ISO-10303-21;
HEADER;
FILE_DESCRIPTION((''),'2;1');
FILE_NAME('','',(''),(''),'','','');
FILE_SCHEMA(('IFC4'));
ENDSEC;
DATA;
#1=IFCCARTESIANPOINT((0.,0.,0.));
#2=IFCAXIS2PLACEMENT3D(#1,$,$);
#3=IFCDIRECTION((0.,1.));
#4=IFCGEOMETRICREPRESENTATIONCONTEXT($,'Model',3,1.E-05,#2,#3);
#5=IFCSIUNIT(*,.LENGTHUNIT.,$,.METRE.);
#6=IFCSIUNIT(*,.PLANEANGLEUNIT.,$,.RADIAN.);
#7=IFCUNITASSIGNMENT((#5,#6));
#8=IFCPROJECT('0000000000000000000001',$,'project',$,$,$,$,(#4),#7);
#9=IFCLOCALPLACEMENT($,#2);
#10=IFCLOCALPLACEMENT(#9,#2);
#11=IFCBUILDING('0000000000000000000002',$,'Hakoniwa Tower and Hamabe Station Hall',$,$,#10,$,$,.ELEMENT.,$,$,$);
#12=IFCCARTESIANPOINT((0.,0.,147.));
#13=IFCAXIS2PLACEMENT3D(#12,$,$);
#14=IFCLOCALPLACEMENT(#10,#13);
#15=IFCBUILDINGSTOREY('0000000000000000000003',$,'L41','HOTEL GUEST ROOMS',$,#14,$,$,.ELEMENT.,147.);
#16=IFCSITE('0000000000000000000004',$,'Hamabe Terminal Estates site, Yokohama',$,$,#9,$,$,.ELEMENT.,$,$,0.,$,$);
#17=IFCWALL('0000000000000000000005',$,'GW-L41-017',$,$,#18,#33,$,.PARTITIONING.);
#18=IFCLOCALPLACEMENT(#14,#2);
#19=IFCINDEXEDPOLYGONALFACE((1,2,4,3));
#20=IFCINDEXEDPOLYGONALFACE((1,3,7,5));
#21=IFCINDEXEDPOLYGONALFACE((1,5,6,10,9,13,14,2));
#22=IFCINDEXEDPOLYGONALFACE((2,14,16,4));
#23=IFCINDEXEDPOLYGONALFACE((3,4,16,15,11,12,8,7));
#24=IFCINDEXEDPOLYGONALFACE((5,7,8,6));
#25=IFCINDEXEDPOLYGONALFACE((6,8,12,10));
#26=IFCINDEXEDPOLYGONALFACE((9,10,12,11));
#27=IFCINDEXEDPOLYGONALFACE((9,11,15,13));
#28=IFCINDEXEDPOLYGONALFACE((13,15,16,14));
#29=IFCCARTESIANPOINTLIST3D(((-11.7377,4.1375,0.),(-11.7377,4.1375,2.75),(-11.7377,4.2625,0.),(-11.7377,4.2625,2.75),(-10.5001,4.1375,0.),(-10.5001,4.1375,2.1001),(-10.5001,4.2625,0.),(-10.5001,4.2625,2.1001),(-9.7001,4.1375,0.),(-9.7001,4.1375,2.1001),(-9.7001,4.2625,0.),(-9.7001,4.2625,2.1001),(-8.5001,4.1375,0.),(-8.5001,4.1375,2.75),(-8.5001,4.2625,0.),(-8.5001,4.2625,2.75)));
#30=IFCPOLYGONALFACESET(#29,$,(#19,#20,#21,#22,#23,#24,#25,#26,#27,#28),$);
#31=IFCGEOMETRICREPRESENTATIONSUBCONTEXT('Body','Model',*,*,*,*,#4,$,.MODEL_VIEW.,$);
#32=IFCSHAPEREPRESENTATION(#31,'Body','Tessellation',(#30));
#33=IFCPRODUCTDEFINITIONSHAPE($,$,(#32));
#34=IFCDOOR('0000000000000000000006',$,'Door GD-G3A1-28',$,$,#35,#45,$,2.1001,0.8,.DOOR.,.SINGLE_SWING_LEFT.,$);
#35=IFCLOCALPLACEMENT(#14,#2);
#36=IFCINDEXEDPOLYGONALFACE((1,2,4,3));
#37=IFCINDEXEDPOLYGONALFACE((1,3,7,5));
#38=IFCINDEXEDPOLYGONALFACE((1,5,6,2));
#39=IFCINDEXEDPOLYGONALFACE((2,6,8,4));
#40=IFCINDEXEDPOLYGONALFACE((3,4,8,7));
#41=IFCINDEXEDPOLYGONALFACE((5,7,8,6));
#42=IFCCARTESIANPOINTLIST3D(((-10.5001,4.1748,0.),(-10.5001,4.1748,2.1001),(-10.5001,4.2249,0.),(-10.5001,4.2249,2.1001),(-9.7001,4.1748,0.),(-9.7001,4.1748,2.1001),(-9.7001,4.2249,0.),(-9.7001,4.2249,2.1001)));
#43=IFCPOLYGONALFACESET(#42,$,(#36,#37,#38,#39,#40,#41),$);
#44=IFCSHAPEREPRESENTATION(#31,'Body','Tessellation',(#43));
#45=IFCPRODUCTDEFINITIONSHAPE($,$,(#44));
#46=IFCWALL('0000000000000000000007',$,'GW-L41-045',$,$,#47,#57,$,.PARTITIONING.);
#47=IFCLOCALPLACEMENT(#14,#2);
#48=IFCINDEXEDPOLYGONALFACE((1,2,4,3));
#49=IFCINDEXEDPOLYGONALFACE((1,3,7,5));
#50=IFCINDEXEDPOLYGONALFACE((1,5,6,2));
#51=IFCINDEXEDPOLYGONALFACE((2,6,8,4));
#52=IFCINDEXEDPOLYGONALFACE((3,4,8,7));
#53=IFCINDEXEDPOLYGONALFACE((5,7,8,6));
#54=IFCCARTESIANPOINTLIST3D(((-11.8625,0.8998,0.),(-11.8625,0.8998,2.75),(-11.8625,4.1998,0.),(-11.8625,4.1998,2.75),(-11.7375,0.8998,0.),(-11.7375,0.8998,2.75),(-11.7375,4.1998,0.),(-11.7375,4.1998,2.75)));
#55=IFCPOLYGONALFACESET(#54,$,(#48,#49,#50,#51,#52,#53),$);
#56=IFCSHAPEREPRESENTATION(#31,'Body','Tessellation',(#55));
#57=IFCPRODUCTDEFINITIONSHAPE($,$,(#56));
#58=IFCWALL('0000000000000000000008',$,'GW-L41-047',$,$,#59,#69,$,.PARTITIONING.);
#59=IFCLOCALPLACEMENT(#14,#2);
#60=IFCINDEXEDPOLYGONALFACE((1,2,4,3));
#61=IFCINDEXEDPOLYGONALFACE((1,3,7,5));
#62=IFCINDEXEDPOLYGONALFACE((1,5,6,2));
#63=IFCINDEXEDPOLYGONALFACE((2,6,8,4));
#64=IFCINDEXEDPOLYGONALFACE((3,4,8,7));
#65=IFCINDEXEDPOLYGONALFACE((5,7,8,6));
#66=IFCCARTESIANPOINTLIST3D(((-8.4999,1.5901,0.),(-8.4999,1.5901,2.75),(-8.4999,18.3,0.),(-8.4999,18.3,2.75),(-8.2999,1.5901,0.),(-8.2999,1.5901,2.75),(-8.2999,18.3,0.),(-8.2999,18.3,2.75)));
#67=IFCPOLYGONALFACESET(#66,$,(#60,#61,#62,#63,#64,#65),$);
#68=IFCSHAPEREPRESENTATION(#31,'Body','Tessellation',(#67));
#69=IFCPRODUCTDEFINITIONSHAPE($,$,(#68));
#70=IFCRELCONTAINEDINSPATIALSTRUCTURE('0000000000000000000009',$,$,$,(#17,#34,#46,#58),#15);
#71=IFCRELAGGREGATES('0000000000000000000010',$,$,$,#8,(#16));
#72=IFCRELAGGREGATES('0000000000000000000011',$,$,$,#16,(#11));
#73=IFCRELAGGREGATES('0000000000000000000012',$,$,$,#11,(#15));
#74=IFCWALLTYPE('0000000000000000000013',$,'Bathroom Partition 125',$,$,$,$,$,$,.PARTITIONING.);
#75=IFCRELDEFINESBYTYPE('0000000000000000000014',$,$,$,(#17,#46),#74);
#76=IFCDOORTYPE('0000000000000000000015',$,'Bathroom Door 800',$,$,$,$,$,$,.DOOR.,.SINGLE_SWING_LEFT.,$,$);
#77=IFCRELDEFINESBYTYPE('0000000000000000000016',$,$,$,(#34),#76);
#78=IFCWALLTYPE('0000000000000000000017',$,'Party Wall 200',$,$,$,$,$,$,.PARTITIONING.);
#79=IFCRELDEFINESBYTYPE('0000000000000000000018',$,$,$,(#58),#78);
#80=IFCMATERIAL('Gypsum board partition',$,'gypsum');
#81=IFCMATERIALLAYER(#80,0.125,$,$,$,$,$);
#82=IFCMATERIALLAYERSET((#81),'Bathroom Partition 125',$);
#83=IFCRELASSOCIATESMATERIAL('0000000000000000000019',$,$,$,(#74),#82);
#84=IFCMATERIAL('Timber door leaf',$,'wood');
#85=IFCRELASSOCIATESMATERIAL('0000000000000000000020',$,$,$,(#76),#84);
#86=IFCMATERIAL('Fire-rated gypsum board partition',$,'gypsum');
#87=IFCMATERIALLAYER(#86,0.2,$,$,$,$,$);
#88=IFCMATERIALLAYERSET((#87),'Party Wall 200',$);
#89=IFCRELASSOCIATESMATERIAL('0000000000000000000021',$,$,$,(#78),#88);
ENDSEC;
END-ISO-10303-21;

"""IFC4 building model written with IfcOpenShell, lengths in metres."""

from ifc_helpers import new_model, si_unit, direction, frame, frame_2d, origin, place, context, subcontext, project, spatial, rectangle, extrude, material, layer, layer_set, type_object, element, fill, save


model = new_model("IFC4")

# Units and contexts
model_context = context("Model", 3, precision=1e-05, world=origin(), true_north=direction((0.0, 1.0)))
body_context = subcontext(model_context, "Body", "Model", "MODEL_VIEW")
ifc_project = project(units=[si_unit("LENGTHUNIT", "METRE"), si_unit("PLANEANGLEUNIT", "RADIAN")], contexts=[model_context])

# Site, building, storey
site_placement = place(None, origin())
site = spatial("IfcSite", under=ifc_project, at=site_placement, Name="Hamabe Terminal Estates site, Yokohama", CompositionType="ELEMENT", RefElevation=0.0)
building_placement = place(site_placement, origin())
building = spatial("IfcBuilding", under=site, at=building_placement, Name="Hakoniwa Tower and Hamabe Station Hall", CompositionType="ELEMENT")
storey_placement = place(building_placement, frame((0.0, 0.0, 147.0)))
storey = spatial("IfcBuildingStorey", under=building, at=storey_placement, Name="L41", Description="HOTEL GUEST ROOMS", CompositionType="ELEMENT", Elevation=147.0)

# Wall, opening, door
ifc_material_1 = material(Name="Gypsum board partition", Category="gypsum")
ifc_layer_1 = layer(ifc_material_1, 0.125)
ifc_layer_set_1 = layer_set([ifc_layer_1], Name="Bathroom Partition 125")
wall_type_1 = type_object("IfcWallType", Name="Bathroom Partition 125", PredefinedType="PARTITIONING", material=ifc_layer_set_1)
wall_1_placement = place(storey_placement, frame((-11.7375, 4.2, 0.0), z_axis=(0.0, 0.0, 1.0), x_axis=(1.0, 0.0, 0.0)))
wall_1 = element("IfcWall", 1, at=wall_1_placement, inside=storey, type_object=wall_type_1, Name="GW-L41-017", PredefinedType="PARTITIONING", context=body_context, shape_type="SweptSolid", body=[
    extrude(rectangle(XDim=3.2375, YDim=0.125, at=frame_2d((1.6187, 0.0))), origin(), (0.0, 0.0, 1.0), 2.75),
])
opening_placement = place(wall_1_placement, frame((1.2375, 0.0, 0.0)))
opening = element("IfcOpeningElement", 2, at=opening_placement, cuts=wall_1, PredefinedType="OPENING", context=body_context, shape_type="SweptSolid", body=[
    extrude(rectangle(XDim=0.8, YDim=2.1001, at=frame_2d((0.3999, 1.05))), frame((0.0, 0.0725, 0.0), z_axis=(0.0, -1.0, 0.0), x_axis=(1.0, 0.0, 0.0)), (0.0, 0.0, 1.0), 0.145),
])
ifc_material_2 = material(Name="Timber door leaf", Category="wood")
door_type = type_object("IfcDoorType", Name="Bathroom Door 800", OperationType="SINGLE_SWING_LEFT", PredefinedType="DOOR", material=ifc_material_2)
door_placement = place(opening_placement, origin())
door = element("IfcDoor", 3, at=door_placement, inside=storey, type_object=door_type, Name="Door GD-G3A1-28", OperationType="SINGLE_SWING_LEFT", OverallHeight=2.1001, OverallWidth=0.8, PredefinedType="DOOR", context=body_context, shape_type="SweptSolid", body=[
    extrude(rectangle(XDim=0.8, YDim=2.1001, at=frame_2d((0.3999, 1.05))), frame((0.0, 0.0249, 0.0), z_axis=(0.0, -1.0, 0.0), x_axis=(1.0, 0.0, 0.0)), (0.0, 0.0, 1.0), 0.05),
])
fill(opening, door)

# Walls
wall_2_placement = place(storey_placement, frame((-11.8, 0.8999, 0.0), z_axis=(0.0, 0.0, 1.0), x_axis=(0.0, 1.0, 0.0)))
element("IfcWall", 4, at=wall_2_placement, inside=storey, type_object=wall_type_1, Name="GW-L41-045", PredefinedType="PARTITIONING", context=body_context, shape_type="SweptSolid", body=[
    extrude(rectangle(XDim=3.3, YDim=0.125, at=frame_2d((1.6499, 0.0))), origin(), (0.0, 0.0, 1.0), 2.75),
])
ifc_material_3 = material(Name="Fire-rated gypsum board partition", Category="gypsum")
ifc_layer_2 = layer(ifc_material_3, 0.2)
ifc_layer_set_2 = layer_set([ifc_layer_2], Name="Party Wall 200")
wall_type_2 = type_object("IfcWallType", Name="Party Wall 200", PredefinedType="PARTITIONING", material=ifc_layer_set_2)
wall_3_placement = place(storey_placement, frame((-8.3999, 1.5901, 0.0), z_axis=(0.0, 0.0, 1.0), x_axis=(0.0, 1.0, 0.0)))
element("IfcWall", 5, at=wall_3_placement, inside=storey, type_object=wall_type_2, Name="GW-L41-047", PredefinedType="PARTITIONING", context=body_context, shape_type="SweptSolid", body=[
    extrude(rectangle(XDim=16.71, YDim=0.2, at=frame_2d((8.355, 0.0))), origin(), (0.0, 0.0, 1.0), 2.75),
])

save(model, "model.ifc")
